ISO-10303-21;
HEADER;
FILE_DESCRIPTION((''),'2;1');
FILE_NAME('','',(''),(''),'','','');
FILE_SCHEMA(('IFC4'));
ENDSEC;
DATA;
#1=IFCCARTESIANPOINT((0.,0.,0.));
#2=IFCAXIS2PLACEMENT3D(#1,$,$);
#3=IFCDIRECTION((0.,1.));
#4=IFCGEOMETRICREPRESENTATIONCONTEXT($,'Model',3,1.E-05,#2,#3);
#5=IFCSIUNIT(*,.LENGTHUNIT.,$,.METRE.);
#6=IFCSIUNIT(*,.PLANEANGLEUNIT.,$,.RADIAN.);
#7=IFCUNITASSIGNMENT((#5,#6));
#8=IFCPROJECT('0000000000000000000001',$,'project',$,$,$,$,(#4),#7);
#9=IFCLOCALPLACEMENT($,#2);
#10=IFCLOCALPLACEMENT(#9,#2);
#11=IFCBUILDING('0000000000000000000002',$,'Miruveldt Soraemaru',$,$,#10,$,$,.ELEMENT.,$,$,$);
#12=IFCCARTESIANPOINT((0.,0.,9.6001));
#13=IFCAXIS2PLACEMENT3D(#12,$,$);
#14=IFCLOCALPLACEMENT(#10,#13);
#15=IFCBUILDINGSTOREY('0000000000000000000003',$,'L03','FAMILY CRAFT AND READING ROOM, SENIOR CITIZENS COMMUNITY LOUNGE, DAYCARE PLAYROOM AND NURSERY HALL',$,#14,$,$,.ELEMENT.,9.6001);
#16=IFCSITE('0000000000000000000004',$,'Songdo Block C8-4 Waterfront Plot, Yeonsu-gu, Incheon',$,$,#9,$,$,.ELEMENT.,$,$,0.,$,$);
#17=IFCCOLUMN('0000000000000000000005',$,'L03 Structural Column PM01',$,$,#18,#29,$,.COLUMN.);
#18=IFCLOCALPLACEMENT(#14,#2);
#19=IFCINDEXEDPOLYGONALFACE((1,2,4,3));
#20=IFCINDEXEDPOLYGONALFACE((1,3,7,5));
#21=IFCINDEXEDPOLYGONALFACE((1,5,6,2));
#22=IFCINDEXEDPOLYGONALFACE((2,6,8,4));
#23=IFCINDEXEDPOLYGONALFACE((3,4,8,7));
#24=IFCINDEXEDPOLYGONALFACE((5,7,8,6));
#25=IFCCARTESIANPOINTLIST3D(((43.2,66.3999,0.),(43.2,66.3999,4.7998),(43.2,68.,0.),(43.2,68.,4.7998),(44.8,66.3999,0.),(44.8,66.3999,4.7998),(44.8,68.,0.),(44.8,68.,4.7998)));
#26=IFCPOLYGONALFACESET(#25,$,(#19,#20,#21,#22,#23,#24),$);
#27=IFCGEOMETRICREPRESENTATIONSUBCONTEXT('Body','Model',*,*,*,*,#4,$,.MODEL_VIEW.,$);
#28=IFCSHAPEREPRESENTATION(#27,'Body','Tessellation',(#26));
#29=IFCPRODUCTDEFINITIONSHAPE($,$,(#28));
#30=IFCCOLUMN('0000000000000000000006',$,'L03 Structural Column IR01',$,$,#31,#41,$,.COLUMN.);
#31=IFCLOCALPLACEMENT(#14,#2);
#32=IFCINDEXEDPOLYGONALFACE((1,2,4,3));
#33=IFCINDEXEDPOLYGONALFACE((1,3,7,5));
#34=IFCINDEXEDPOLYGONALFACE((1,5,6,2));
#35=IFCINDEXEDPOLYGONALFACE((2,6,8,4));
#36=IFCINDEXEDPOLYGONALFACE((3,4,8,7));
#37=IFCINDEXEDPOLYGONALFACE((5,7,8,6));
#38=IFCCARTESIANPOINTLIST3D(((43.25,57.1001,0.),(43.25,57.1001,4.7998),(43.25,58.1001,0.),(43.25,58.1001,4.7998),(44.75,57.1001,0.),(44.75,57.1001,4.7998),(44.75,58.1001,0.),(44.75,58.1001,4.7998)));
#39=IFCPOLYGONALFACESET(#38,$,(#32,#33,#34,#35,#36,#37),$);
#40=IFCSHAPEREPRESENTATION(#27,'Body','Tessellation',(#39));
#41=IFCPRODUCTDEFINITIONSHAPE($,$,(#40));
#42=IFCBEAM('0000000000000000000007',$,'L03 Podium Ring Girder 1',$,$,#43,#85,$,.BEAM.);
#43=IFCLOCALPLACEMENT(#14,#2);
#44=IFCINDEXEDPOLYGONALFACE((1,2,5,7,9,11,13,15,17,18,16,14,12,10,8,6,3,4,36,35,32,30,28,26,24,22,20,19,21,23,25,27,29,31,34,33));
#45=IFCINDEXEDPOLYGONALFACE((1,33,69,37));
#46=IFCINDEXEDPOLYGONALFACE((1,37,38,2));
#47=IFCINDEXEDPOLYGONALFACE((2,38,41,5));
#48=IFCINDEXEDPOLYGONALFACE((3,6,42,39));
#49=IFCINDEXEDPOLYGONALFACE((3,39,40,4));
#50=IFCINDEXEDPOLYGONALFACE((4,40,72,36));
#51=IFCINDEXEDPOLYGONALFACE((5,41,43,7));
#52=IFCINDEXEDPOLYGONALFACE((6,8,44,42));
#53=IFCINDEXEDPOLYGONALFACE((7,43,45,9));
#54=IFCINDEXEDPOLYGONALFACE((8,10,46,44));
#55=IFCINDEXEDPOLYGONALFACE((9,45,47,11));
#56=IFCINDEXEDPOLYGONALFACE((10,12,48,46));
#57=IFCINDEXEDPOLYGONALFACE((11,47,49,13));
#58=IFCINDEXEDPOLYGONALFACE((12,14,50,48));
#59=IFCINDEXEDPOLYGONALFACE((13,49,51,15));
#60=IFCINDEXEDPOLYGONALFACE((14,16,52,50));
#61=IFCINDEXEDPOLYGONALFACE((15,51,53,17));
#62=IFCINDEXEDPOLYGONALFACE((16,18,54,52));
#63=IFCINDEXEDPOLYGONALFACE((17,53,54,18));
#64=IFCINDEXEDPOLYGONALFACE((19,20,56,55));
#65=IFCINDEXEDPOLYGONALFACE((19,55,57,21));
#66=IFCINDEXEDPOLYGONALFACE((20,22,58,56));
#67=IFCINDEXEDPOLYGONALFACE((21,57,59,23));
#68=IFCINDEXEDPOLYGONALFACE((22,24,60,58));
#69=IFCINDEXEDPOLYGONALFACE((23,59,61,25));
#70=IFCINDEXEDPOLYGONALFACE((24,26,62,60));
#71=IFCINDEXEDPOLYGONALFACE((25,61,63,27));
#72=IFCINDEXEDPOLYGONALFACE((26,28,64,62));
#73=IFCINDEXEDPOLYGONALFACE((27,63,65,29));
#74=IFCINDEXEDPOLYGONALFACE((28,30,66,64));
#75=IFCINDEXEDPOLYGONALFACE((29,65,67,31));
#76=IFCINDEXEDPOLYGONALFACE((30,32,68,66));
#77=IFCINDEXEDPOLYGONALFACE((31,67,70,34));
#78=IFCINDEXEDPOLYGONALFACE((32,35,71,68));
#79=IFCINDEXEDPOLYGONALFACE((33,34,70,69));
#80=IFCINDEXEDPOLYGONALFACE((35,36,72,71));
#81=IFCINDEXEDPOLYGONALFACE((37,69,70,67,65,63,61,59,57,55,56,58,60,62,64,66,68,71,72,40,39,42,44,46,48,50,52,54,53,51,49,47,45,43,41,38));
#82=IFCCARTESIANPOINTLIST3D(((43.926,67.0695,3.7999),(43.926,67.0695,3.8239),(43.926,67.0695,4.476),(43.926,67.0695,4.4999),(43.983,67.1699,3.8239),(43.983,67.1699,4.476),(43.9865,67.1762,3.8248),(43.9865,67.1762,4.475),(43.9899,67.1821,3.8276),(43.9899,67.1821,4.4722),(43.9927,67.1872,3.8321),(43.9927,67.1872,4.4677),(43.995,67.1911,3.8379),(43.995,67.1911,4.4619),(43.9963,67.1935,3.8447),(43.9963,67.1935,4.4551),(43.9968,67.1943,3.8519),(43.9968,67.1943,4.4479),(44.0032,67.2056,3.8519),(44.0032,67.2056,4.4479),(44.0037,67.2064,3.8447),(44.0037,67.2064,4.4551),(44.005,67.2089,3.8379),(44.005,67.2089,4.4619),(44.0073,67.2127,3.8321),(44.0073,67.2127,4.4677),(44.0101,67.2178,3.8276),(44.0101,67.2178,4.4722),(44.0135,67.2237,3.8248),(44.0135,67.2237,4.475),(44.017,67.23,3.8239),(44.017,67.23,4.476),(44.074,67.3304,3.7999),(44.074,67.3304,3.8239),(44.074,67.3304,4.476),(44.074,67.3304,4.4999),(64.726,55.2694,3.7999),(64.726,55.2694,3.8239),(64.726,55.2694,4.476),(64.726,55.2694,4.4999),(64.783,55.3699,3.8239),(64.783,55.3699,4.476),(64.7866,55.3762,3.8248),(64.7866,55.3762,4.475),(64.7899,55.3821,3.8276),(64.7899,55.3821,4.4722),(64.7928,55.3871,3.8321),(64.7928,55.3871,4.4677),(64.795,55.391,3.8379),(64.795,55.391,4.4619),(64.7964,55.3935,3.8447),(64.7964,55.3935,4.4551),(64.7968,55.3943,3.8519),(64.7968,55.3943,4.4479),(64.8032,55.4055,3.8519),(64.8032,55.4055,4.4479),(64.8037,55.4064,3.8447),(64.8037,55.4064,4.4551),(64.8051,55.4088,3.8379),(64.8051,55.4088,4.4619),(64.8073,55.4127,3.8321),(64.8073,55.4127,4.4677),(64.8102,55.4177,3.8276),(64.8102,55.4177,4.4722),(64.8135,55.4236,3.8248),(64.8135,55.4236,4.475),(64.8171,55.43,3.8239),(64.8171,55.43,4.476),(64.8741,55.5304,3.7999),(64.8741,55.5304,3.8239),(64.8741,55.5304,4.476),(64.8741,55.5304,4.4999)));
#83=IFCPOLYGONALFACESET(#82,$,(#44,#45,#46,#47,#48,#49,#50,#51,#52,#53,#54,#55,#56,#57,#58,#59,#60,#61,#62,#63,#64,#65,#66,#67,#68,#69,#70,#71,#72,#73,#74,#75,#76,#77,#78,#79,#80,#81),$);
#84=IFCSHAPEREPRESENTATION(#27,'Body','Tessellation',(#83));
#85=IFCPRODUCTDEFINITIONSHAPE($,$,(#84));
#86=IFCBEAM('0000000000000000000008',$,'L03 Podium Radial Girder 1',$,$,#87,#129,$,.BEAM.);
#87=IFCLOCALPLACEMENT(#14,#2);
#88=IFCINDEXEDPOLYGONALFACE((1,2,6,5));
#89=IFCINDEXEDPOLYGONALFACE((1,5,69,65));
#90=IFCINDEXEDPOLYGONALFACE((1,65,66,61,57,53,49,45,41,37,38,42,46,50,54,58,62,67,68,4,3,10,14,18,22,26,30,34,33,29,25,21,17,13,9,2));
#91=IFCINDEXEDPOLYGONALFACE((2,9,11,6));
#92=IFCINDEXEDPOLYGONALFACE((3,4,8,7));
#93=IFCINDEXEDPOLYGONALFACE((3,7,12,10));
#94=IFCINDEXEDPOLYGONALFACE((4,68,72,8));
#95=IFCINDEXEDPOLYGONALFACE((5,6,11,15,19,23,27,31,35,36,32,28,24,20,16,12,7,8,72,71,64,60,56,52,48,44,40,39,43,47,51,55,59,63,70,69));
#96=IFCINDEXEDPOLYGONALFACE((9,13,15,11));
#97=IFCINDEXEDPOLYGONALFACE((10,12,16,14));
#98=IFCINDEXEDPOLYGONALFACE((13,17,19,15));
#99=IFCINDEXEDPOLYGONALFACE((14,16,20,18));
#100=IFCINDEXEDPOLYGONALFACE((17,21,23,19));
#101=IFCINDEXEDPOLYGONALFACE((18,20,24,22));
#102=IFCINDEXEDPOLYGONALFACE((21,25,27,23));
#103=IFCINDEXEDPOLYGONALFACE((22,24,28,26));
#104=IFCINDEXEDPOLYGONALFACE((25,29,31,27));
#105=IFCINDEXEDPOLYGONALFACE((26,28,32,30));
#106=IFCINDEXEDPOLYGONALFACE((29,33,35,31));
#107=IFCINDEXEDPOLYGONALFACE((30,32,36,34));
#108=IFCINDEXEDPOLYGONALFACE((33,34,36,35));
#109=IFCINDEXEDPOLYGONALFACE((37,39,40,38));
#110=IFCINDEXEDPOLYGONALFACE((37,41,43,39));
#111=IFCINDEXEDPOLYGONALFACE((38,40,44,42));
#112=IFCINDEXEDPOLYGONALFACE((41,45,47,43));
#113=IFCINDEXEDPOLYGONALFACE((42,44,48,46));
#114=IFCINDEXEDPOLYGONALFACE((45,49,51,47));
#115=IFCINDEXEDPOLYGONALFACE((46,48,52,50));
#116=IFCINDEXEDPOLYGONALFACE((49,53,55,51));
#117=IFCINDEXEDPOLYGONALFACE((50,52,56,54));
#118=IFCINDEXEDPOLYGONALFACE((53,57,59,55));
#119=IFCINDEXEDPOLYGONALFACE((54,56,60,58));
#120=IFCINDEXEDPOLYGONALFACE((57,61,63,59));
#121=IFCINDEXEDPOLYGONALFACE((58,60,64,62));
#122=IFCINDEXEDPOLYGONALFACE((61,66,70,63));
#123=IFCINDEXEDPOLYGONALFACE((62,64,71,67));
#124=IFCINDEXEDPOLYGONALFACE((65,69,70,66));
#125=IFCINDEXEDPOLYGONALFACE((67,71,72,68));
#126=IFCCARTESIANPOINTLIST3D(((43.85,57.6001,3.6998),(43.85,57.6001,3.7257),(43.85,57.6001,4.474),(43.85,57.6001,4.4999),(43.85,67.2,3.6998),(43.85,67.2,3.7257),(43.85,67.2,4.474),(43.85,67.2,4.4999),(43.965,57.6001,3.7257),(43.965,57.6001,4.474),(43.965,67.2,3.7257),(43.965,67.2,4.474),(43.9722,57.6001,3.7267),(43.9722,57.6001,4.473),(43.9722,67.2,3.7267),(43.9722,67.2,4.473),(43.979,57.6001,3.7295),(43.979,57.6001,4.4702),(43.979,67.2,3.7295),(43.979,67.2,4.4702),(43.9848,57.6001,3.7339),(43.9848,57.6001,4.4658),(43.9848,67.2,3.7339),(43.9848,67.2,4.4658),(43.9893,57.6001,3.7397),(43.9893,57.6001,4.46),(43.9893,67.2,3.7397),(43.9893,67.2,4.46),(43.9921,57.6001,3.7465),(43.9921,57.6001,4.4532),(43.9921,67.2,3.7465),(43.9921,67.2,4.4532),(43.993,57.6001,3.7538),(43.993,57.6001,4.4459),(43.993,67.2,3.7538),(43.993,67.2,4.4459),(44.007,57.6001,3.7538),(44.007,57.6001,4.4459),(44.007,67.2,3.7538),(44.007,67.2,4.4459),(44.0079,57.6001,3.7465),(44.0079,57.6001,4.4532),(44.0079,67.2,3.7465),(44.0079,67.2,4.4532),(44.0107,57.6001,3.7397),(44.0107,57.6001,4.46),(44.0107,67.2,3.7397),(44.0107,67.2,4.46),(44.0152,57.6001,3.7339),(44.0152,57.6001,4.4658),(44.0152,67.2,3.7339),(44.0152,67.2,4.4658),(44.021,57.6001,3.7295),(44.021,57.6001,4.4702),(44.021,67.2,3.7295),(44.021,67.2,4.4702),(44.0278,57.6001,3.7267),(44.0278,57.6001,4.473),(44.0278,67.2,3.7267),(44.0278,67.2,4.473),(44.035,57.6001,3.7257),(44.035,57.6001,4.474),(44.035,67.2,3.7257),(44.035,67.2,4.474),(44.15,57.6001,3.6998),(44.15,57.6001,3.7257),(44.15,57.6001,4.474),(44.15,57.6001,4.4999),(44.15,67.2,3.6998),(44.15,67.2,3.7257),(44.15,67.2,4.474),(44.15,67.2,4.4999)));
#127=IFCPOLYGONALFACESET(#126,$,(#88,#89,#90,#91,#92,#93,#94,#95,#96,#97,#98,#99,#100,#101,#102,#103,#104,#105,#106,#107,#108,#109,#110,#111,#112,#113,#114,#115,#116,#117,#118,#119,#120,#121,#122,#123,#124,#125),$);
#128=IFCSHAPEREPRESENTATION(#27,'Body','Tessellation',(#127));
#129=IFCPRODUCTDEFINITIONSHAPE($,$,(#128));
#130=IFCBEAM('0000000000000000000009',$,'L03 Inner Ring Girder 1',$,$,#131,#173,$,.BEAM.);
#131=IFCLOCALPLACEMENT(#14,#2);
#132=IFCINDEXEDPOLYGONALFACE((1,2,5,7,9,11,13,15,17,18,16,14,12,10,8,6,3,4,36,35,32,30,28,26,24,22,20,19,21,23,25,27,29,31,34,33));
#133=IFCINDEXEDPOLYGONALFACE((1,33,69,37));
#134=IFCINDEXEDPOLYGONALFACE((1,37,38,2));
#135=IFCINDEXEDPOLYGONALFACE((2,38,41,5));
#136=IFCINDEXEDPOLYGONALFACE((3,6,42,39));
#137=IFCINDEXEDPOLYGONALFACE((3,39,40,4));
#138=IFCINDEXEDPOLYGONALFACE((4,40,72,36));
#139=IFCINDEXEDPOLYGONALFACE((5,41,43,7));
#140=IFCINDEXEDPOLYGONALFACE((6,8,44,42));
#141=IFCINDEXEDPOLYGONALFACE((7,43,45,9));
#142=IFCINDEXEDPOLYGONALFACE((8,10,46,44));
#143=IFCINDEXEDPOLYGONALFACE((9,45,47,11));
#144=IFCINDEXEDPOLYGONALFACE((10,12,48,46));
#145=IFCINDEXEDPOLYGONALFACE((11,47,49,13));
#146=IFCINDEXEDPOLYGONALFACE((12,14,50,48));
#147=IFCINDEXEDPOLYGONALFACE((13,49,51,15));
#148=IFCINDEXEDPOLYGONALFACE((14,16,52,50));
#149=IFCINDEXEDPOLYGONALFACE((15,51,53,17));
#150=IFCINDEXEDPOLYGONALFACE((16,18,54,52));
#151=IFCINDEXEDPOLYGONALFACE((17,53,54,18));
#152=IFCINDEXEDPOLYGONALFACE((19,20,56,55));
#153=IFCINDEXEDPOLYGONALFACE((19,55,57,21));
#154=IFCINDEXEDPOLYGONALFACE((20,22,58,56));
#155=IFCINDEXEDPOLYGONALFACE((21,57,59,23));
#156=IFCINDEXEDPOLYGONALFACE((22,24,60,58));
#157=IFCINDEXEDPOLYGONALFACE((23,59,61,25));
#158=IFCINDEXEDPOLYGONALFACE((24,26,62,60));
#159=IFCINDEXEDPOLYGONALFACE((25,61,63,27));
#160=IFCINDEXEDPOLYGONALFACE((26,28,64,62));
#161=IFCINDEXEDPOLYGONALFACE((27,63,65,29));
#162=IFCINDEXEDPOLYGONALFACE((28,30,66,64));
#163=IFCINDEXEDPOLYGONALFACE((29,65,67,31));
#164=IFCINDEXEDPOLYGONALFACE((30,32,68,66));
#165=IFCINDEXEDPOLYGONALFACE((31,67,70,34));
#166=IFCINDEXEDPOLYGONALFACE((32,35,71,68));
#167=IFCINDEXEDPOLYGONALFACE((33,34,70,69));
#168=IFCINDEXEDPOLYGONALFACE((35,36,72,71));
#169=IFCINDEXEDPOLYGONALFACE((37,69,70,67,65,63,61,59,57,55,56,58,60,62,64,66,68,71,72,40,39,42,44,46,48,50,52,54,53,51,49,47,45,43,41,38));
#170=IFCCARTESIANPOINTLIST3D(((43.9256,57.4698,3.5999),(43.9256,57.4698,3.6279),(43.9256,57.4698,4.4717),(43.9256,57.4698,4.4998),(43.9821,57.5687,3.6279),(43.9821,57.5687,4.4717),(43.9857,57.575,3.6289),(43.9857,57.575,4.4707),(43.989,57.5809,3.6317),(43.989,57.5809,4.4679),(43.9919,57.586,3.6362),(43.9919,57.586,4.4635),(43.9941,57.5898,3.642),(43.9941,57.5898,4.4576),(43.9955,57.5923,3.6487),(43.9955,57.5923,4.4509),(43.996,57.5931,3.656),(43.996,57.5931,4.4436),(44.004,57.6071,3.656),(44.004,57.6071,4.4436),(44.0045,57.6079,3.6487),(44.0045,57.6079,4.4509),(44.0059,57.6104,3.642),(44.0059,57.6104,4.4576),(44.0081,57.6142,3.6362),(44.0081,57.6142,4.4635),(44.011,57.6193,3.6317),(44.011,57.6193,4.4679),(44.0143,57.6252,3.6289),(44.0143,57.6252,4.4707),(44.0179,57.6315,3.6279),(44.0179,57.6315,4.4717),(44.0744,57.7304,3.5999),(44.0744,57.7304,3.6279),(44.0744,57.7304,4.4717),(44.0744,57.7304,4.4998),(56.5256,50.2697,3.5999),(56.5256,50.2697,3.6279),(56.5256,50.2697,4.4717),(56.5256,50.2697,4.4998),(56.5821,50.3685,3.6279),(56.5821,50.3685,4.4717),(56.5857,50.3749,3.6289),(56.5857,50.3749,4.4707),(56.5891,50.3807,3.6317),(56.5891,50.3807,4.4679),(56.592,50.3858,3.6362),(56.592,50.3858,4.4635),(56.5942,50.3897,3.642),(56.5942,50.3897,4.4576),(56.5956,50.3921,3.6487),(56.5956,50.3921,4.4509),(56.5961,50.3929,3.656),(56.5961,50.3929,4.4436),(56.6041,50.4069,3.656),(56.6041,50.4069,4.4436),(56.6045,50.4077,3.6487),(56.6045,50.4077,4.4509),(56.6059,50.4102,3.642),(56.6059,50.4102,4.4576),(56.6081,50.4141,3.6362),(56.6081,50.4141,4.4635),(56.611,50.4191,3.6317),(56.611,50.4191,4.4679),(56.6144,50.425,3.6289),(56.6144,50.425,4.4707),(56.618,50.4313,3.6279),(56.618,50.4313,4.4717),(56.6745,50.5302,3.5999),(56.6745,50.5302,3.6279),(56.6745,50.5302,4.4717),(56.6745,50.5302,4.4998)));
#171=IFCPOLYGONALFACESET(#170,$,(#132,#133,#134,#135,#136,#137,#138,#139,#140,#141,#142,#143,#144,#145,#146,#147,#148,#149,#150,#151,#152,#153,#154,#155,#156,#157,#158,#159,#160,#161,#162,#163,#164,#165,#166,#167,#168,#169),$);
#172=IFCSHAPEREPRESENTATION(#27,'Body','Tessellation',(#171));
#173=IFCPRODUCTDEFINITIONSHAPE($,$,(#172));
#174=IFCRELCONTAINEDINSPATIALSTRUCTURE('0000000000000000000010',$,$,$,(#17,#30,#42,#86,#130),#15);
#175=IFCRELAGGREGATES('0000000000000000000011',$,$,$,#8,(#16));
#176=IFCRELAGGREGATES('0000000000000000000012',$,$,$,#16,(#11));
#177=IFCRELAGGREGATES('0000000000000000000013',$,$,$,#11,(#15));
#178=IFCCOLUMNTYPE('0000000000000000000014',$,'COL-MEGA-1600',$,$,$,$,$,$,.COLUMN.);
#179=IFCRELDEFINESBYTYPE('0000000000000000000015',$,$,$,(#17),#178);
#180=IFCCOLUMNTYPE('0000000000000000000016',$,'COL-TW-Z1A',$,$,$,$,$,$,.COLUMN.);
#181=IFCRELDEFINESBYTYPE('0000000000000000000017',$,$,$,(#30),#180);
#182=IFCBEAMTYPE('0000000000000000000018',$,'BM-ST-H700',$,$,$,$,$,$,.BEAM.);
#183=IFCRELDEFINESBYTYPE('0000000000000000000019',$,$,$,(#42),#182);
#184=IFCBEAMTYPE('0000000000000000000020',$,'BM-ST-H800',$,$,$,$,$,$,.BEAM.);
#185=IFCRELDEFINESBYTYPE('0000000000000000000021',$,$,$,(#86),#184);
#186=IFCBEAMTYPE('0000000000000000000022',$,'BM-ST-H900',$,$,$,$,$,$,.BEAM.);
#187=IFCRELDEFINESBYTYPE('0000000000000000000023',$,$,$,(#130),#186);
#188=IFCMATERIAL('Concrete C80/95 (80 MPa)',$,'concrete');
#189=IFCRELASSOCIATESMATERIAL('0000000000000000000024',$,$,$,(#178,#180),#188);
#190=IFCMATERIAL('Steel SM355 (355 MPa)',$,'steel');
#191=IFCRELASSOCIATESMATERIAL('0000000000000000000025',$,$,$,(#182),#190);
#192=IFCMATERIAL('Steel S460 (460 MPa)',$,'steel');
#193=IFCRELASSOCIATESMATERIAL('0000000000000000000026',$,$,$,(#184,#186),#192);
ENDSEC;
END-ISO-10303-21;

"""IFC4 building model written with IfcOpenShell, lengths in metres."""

from ifc_helpers import new_model, si_unit, direction, frame, origin, origin_2d, place, context, subcontext, project, spatial, rectangle, i_section, extrude, material, material_profile, profile_set, type_object, element, save


model = new_model("IFC4")

# Units and contexts
model_context = context("Model", 3, precision=1e-05, world=origin(), true_north=direction((0.0, 1.0)))
body_context = subcontext(model_context, "Body", "Model", "MODEL_VIEW")
ifc_project = project(units=[si_unit("LENGTHUNIT", "METRE"), si_unit("PLANEANGLEUNIT", "RADIAN")], contexts=[model_context])

# Site, building, storey
site_placement = place(None, origin())
site = spatial("IfcSite", under=ifc_project, at=site_placement, Name="Songdo Block C8-4 Waterfront Plot, Yeonsu-gu, Incheon", CompositionType="ELEMENT", RefElevation=0.0)
building_placement = place(site_placement, origin())
building = spatial("IfcBuilding", under=site, at=building_placement, Name="Miruveldt Soraemaru", CompositionType="ELEMENT")
storey_placement = place(building_placement, frame((0.0, 0.0, 9.6001)))
storey = spatial("IfcBuildingStorey", under=building, at=storey_placement, Name="L03", Description="FAMILY CRAFT AND READING ROOM, SENIOR CITIZENS COMMUNITY LOUNGE, DAYCARE PLAYROOM AND NURSERY HALL", CompositionType="ELEMENT", Elevation=9.6001)

# Columns
ifc_material_1 = material(Name="Concrete C80/95 (80 MPa)", Category="concrete")
ifc_material_profile_1 = material_profile(ifc_material_1, rectangle(XDim=1.6001, YDim=1.6001, at=origin_2d()), Name="Concrete C80/95 (80 MPa)", Category="concrete")
ifc_profile_set_1 = profile_set([ifc_material_profile_1], Name="Concrete C80/95 (80 MPa)")
column_type_1 = type_object("IfcColumnType", Name="COL-MEGA-1600", PredefinedType="COLUMN", material=ifc_profile_set_1)
column_1_placement = place(storey_placement, frame((44.0, 67.2, 0.0), z_axis=(0.0, 0.0, 1.0), x_axis=(1.0, 0.0, 0.0)))
element("IfcColumn", 1, at=column_1_placement, inside=storey, type_object=column_type_1, Name="L03 Structural Column PM01", PredefinedType="COLUMN", context=body_context, shape_type="SweptSolid", body=[
    extrude(rectangle(XDim=1.6001, YDim=1.6001, at=origin_2d()), origin(), (0.0, 0.0, 1.0), 4.7998),
])
ifc_material_profile_2 = material_profile(ifc_material_1, rectangle(XDim=1.5, YDim=1.0, at=origin_2d()), Name="Concrete C80/95 (80 MPa)", Category="concrete")
ifc_profile_set_2 = profile_set([ifc_material_profile_2], Name="Concrete C80/95 (80 MPa)")
column_type_2 = type_object("IfcColumnType", Name="COL-TW-Z1A", PredefinedType="COLUMN", material=ifc_profile_set_2)
column_2_placement = place(storey_placement, frame((44.0, 57.6001, 0.0), z_axis=(0.0, 0.0, 1.0), x_axis=(1.0, 0.0, 0.0)))
element("IfcColumn", 2, at=column_2_placement, inside=storey, type_object=column_type_2, Name="L03 Structural Column IR01", PredefinedType="COLUMN", context=body_context, shape_type="SweptSolid", body=[
    extrude(rectangle(XDim=1.5, YDim=1.0, at=origin_2d()), origin(), (0.0, 0.0, 1.0), 4.7998),
])

# Beams
ifc_material_2 = material(Name="Steel SM355 (355 MPa)", Category="steel")
ifc_material_profile_3 = material_profile(ifc_material_2, i_section(OverallWidth=0.3, OverallDepth=0.7, WebThickness=0.0129, FlangeThickness=0.0239, FilletRadius=0.0281, at=origin_2d()), Name="Steel SM355 (355 MPa)", Category="steel")
ifc_profile_set_3 = profile_set([ifc_material_profile_3], Name="Steel SM355 (355 MPa)")
beam_type_1 = type_object("IfcBeamType", Name="BM-ST-H700", PredefinedType="BEAM", material=ifc_profile_set_3)
beam_1_placement = place(storey_placement, frame((44.0, 67.2, 4.1499), z_axis=(0.869783, -0.493435, 0.0), x_axis=(0.493435, 0.869783, 0.0)))
element("IfcBeam", 3, at=beam_1_placement, inside=storey, type_object=beam_type_1, Name="L03 Podium Ring Girder 1", PredefinedType="BEAM", context=body_context, shape_type="SweptSolid", body=[
    extrude(i_section(OverallWidth=0.3, OverallDepth=0.7, WebThickness=0.0129, FlangeThickness=0.0239, FilletRadius=0.0281, at=origin_2d()), origin(), (0.0, 0.0, 1.0), 23.9141),
])
ifc_material_3 = material(Name="Steel S460 (460 MPa)", Category="steel")
ifc_material_profile_4 = material_profile(ifc_material_3, i_section(OverallWidth=0.3, OverallDepth=0.8, WebThickness=0.0139, FlangeThickness=0.0259, FilletRadius=0.0281, at=origin_2d()), Name="Steel S460 (460 MPa)", Category="steel")
ifc_profile_set_4 = profile_set([ifc_material_profile_4], Name="Steel S460 (460 MPa)")
beam_type_2 = type_object("IfcBeamType", Name="BM-ST-H800", PredefinedType="BEAM", material=ifc_profile_set_4)
beam_2_placement = place(storey_placement, frame((44.0, 57.6001, 4.0999), z_axis=(0.0, 1.0, 0.0), x_axis=(-1.0, 0.0, 0.0)))
element("IfcBeam", 4, at=beam_2_placement, inside=storey, type_object=beam_type_2, Name="L03 Podium Radial Girder 1", PredefinedType="BEAM", context=body_context, shape_type="SweptSolid", body=[
    extrude(i_section(OverallWidth=0.3, OverallDepth=0.8, WebThickness=0.0139, FlangeThickness=0.0259, FilletRadius=0.0281, at=origin_2d()), origin(), (0.0, 0.0, 1.0), 9.5999),
])
ifc_material_profile_5 = material_profile(ifc_material_3, i_section(OverallWidth=0.3, OverallDepth=0.8999, WebThickness=0.0161, FlangeThickness=0.0281, FilletRadius=0.0281, at=origin_2d()), Name="Steel S460 (460 MPa)", Category="steel")
ifc_profile_set_5 = profile_set([ifc_material_profile_5], Name="Steel S460 (460 MPa)")
beam_type_3 = type_object("IfcBeamType", Name="BM-ST-H900", PredefinedType="BEAM", material=ifc_profile_set_5)
beam_3_placement = place(storey_placement, frame((44.0, 57.6001, 4.0498), z_axis=(0.868239, -0.496146, 0.0), x_axis=(0.496146, 0.868239, 0.0)))
element("IfcBeam", 5, at=beam_3_placement, inside=storey, type_object=beam_type_3, Name="L03 Inner Ring Girder 1", PredefinedType="BEAM", context=body_context, shape_type="SweptSolid", body=[
    extrude(i_section(OverallWidth=0.3, OverallDepth=0.8999, WebThickness=0.0161, FlangeThickness=0.0281, FilletRadius=0.0281, at=origin_2d()), origin(), (0.0, 0.0, 1.0), 14.5122),
])

save(model, "model.ifc")
